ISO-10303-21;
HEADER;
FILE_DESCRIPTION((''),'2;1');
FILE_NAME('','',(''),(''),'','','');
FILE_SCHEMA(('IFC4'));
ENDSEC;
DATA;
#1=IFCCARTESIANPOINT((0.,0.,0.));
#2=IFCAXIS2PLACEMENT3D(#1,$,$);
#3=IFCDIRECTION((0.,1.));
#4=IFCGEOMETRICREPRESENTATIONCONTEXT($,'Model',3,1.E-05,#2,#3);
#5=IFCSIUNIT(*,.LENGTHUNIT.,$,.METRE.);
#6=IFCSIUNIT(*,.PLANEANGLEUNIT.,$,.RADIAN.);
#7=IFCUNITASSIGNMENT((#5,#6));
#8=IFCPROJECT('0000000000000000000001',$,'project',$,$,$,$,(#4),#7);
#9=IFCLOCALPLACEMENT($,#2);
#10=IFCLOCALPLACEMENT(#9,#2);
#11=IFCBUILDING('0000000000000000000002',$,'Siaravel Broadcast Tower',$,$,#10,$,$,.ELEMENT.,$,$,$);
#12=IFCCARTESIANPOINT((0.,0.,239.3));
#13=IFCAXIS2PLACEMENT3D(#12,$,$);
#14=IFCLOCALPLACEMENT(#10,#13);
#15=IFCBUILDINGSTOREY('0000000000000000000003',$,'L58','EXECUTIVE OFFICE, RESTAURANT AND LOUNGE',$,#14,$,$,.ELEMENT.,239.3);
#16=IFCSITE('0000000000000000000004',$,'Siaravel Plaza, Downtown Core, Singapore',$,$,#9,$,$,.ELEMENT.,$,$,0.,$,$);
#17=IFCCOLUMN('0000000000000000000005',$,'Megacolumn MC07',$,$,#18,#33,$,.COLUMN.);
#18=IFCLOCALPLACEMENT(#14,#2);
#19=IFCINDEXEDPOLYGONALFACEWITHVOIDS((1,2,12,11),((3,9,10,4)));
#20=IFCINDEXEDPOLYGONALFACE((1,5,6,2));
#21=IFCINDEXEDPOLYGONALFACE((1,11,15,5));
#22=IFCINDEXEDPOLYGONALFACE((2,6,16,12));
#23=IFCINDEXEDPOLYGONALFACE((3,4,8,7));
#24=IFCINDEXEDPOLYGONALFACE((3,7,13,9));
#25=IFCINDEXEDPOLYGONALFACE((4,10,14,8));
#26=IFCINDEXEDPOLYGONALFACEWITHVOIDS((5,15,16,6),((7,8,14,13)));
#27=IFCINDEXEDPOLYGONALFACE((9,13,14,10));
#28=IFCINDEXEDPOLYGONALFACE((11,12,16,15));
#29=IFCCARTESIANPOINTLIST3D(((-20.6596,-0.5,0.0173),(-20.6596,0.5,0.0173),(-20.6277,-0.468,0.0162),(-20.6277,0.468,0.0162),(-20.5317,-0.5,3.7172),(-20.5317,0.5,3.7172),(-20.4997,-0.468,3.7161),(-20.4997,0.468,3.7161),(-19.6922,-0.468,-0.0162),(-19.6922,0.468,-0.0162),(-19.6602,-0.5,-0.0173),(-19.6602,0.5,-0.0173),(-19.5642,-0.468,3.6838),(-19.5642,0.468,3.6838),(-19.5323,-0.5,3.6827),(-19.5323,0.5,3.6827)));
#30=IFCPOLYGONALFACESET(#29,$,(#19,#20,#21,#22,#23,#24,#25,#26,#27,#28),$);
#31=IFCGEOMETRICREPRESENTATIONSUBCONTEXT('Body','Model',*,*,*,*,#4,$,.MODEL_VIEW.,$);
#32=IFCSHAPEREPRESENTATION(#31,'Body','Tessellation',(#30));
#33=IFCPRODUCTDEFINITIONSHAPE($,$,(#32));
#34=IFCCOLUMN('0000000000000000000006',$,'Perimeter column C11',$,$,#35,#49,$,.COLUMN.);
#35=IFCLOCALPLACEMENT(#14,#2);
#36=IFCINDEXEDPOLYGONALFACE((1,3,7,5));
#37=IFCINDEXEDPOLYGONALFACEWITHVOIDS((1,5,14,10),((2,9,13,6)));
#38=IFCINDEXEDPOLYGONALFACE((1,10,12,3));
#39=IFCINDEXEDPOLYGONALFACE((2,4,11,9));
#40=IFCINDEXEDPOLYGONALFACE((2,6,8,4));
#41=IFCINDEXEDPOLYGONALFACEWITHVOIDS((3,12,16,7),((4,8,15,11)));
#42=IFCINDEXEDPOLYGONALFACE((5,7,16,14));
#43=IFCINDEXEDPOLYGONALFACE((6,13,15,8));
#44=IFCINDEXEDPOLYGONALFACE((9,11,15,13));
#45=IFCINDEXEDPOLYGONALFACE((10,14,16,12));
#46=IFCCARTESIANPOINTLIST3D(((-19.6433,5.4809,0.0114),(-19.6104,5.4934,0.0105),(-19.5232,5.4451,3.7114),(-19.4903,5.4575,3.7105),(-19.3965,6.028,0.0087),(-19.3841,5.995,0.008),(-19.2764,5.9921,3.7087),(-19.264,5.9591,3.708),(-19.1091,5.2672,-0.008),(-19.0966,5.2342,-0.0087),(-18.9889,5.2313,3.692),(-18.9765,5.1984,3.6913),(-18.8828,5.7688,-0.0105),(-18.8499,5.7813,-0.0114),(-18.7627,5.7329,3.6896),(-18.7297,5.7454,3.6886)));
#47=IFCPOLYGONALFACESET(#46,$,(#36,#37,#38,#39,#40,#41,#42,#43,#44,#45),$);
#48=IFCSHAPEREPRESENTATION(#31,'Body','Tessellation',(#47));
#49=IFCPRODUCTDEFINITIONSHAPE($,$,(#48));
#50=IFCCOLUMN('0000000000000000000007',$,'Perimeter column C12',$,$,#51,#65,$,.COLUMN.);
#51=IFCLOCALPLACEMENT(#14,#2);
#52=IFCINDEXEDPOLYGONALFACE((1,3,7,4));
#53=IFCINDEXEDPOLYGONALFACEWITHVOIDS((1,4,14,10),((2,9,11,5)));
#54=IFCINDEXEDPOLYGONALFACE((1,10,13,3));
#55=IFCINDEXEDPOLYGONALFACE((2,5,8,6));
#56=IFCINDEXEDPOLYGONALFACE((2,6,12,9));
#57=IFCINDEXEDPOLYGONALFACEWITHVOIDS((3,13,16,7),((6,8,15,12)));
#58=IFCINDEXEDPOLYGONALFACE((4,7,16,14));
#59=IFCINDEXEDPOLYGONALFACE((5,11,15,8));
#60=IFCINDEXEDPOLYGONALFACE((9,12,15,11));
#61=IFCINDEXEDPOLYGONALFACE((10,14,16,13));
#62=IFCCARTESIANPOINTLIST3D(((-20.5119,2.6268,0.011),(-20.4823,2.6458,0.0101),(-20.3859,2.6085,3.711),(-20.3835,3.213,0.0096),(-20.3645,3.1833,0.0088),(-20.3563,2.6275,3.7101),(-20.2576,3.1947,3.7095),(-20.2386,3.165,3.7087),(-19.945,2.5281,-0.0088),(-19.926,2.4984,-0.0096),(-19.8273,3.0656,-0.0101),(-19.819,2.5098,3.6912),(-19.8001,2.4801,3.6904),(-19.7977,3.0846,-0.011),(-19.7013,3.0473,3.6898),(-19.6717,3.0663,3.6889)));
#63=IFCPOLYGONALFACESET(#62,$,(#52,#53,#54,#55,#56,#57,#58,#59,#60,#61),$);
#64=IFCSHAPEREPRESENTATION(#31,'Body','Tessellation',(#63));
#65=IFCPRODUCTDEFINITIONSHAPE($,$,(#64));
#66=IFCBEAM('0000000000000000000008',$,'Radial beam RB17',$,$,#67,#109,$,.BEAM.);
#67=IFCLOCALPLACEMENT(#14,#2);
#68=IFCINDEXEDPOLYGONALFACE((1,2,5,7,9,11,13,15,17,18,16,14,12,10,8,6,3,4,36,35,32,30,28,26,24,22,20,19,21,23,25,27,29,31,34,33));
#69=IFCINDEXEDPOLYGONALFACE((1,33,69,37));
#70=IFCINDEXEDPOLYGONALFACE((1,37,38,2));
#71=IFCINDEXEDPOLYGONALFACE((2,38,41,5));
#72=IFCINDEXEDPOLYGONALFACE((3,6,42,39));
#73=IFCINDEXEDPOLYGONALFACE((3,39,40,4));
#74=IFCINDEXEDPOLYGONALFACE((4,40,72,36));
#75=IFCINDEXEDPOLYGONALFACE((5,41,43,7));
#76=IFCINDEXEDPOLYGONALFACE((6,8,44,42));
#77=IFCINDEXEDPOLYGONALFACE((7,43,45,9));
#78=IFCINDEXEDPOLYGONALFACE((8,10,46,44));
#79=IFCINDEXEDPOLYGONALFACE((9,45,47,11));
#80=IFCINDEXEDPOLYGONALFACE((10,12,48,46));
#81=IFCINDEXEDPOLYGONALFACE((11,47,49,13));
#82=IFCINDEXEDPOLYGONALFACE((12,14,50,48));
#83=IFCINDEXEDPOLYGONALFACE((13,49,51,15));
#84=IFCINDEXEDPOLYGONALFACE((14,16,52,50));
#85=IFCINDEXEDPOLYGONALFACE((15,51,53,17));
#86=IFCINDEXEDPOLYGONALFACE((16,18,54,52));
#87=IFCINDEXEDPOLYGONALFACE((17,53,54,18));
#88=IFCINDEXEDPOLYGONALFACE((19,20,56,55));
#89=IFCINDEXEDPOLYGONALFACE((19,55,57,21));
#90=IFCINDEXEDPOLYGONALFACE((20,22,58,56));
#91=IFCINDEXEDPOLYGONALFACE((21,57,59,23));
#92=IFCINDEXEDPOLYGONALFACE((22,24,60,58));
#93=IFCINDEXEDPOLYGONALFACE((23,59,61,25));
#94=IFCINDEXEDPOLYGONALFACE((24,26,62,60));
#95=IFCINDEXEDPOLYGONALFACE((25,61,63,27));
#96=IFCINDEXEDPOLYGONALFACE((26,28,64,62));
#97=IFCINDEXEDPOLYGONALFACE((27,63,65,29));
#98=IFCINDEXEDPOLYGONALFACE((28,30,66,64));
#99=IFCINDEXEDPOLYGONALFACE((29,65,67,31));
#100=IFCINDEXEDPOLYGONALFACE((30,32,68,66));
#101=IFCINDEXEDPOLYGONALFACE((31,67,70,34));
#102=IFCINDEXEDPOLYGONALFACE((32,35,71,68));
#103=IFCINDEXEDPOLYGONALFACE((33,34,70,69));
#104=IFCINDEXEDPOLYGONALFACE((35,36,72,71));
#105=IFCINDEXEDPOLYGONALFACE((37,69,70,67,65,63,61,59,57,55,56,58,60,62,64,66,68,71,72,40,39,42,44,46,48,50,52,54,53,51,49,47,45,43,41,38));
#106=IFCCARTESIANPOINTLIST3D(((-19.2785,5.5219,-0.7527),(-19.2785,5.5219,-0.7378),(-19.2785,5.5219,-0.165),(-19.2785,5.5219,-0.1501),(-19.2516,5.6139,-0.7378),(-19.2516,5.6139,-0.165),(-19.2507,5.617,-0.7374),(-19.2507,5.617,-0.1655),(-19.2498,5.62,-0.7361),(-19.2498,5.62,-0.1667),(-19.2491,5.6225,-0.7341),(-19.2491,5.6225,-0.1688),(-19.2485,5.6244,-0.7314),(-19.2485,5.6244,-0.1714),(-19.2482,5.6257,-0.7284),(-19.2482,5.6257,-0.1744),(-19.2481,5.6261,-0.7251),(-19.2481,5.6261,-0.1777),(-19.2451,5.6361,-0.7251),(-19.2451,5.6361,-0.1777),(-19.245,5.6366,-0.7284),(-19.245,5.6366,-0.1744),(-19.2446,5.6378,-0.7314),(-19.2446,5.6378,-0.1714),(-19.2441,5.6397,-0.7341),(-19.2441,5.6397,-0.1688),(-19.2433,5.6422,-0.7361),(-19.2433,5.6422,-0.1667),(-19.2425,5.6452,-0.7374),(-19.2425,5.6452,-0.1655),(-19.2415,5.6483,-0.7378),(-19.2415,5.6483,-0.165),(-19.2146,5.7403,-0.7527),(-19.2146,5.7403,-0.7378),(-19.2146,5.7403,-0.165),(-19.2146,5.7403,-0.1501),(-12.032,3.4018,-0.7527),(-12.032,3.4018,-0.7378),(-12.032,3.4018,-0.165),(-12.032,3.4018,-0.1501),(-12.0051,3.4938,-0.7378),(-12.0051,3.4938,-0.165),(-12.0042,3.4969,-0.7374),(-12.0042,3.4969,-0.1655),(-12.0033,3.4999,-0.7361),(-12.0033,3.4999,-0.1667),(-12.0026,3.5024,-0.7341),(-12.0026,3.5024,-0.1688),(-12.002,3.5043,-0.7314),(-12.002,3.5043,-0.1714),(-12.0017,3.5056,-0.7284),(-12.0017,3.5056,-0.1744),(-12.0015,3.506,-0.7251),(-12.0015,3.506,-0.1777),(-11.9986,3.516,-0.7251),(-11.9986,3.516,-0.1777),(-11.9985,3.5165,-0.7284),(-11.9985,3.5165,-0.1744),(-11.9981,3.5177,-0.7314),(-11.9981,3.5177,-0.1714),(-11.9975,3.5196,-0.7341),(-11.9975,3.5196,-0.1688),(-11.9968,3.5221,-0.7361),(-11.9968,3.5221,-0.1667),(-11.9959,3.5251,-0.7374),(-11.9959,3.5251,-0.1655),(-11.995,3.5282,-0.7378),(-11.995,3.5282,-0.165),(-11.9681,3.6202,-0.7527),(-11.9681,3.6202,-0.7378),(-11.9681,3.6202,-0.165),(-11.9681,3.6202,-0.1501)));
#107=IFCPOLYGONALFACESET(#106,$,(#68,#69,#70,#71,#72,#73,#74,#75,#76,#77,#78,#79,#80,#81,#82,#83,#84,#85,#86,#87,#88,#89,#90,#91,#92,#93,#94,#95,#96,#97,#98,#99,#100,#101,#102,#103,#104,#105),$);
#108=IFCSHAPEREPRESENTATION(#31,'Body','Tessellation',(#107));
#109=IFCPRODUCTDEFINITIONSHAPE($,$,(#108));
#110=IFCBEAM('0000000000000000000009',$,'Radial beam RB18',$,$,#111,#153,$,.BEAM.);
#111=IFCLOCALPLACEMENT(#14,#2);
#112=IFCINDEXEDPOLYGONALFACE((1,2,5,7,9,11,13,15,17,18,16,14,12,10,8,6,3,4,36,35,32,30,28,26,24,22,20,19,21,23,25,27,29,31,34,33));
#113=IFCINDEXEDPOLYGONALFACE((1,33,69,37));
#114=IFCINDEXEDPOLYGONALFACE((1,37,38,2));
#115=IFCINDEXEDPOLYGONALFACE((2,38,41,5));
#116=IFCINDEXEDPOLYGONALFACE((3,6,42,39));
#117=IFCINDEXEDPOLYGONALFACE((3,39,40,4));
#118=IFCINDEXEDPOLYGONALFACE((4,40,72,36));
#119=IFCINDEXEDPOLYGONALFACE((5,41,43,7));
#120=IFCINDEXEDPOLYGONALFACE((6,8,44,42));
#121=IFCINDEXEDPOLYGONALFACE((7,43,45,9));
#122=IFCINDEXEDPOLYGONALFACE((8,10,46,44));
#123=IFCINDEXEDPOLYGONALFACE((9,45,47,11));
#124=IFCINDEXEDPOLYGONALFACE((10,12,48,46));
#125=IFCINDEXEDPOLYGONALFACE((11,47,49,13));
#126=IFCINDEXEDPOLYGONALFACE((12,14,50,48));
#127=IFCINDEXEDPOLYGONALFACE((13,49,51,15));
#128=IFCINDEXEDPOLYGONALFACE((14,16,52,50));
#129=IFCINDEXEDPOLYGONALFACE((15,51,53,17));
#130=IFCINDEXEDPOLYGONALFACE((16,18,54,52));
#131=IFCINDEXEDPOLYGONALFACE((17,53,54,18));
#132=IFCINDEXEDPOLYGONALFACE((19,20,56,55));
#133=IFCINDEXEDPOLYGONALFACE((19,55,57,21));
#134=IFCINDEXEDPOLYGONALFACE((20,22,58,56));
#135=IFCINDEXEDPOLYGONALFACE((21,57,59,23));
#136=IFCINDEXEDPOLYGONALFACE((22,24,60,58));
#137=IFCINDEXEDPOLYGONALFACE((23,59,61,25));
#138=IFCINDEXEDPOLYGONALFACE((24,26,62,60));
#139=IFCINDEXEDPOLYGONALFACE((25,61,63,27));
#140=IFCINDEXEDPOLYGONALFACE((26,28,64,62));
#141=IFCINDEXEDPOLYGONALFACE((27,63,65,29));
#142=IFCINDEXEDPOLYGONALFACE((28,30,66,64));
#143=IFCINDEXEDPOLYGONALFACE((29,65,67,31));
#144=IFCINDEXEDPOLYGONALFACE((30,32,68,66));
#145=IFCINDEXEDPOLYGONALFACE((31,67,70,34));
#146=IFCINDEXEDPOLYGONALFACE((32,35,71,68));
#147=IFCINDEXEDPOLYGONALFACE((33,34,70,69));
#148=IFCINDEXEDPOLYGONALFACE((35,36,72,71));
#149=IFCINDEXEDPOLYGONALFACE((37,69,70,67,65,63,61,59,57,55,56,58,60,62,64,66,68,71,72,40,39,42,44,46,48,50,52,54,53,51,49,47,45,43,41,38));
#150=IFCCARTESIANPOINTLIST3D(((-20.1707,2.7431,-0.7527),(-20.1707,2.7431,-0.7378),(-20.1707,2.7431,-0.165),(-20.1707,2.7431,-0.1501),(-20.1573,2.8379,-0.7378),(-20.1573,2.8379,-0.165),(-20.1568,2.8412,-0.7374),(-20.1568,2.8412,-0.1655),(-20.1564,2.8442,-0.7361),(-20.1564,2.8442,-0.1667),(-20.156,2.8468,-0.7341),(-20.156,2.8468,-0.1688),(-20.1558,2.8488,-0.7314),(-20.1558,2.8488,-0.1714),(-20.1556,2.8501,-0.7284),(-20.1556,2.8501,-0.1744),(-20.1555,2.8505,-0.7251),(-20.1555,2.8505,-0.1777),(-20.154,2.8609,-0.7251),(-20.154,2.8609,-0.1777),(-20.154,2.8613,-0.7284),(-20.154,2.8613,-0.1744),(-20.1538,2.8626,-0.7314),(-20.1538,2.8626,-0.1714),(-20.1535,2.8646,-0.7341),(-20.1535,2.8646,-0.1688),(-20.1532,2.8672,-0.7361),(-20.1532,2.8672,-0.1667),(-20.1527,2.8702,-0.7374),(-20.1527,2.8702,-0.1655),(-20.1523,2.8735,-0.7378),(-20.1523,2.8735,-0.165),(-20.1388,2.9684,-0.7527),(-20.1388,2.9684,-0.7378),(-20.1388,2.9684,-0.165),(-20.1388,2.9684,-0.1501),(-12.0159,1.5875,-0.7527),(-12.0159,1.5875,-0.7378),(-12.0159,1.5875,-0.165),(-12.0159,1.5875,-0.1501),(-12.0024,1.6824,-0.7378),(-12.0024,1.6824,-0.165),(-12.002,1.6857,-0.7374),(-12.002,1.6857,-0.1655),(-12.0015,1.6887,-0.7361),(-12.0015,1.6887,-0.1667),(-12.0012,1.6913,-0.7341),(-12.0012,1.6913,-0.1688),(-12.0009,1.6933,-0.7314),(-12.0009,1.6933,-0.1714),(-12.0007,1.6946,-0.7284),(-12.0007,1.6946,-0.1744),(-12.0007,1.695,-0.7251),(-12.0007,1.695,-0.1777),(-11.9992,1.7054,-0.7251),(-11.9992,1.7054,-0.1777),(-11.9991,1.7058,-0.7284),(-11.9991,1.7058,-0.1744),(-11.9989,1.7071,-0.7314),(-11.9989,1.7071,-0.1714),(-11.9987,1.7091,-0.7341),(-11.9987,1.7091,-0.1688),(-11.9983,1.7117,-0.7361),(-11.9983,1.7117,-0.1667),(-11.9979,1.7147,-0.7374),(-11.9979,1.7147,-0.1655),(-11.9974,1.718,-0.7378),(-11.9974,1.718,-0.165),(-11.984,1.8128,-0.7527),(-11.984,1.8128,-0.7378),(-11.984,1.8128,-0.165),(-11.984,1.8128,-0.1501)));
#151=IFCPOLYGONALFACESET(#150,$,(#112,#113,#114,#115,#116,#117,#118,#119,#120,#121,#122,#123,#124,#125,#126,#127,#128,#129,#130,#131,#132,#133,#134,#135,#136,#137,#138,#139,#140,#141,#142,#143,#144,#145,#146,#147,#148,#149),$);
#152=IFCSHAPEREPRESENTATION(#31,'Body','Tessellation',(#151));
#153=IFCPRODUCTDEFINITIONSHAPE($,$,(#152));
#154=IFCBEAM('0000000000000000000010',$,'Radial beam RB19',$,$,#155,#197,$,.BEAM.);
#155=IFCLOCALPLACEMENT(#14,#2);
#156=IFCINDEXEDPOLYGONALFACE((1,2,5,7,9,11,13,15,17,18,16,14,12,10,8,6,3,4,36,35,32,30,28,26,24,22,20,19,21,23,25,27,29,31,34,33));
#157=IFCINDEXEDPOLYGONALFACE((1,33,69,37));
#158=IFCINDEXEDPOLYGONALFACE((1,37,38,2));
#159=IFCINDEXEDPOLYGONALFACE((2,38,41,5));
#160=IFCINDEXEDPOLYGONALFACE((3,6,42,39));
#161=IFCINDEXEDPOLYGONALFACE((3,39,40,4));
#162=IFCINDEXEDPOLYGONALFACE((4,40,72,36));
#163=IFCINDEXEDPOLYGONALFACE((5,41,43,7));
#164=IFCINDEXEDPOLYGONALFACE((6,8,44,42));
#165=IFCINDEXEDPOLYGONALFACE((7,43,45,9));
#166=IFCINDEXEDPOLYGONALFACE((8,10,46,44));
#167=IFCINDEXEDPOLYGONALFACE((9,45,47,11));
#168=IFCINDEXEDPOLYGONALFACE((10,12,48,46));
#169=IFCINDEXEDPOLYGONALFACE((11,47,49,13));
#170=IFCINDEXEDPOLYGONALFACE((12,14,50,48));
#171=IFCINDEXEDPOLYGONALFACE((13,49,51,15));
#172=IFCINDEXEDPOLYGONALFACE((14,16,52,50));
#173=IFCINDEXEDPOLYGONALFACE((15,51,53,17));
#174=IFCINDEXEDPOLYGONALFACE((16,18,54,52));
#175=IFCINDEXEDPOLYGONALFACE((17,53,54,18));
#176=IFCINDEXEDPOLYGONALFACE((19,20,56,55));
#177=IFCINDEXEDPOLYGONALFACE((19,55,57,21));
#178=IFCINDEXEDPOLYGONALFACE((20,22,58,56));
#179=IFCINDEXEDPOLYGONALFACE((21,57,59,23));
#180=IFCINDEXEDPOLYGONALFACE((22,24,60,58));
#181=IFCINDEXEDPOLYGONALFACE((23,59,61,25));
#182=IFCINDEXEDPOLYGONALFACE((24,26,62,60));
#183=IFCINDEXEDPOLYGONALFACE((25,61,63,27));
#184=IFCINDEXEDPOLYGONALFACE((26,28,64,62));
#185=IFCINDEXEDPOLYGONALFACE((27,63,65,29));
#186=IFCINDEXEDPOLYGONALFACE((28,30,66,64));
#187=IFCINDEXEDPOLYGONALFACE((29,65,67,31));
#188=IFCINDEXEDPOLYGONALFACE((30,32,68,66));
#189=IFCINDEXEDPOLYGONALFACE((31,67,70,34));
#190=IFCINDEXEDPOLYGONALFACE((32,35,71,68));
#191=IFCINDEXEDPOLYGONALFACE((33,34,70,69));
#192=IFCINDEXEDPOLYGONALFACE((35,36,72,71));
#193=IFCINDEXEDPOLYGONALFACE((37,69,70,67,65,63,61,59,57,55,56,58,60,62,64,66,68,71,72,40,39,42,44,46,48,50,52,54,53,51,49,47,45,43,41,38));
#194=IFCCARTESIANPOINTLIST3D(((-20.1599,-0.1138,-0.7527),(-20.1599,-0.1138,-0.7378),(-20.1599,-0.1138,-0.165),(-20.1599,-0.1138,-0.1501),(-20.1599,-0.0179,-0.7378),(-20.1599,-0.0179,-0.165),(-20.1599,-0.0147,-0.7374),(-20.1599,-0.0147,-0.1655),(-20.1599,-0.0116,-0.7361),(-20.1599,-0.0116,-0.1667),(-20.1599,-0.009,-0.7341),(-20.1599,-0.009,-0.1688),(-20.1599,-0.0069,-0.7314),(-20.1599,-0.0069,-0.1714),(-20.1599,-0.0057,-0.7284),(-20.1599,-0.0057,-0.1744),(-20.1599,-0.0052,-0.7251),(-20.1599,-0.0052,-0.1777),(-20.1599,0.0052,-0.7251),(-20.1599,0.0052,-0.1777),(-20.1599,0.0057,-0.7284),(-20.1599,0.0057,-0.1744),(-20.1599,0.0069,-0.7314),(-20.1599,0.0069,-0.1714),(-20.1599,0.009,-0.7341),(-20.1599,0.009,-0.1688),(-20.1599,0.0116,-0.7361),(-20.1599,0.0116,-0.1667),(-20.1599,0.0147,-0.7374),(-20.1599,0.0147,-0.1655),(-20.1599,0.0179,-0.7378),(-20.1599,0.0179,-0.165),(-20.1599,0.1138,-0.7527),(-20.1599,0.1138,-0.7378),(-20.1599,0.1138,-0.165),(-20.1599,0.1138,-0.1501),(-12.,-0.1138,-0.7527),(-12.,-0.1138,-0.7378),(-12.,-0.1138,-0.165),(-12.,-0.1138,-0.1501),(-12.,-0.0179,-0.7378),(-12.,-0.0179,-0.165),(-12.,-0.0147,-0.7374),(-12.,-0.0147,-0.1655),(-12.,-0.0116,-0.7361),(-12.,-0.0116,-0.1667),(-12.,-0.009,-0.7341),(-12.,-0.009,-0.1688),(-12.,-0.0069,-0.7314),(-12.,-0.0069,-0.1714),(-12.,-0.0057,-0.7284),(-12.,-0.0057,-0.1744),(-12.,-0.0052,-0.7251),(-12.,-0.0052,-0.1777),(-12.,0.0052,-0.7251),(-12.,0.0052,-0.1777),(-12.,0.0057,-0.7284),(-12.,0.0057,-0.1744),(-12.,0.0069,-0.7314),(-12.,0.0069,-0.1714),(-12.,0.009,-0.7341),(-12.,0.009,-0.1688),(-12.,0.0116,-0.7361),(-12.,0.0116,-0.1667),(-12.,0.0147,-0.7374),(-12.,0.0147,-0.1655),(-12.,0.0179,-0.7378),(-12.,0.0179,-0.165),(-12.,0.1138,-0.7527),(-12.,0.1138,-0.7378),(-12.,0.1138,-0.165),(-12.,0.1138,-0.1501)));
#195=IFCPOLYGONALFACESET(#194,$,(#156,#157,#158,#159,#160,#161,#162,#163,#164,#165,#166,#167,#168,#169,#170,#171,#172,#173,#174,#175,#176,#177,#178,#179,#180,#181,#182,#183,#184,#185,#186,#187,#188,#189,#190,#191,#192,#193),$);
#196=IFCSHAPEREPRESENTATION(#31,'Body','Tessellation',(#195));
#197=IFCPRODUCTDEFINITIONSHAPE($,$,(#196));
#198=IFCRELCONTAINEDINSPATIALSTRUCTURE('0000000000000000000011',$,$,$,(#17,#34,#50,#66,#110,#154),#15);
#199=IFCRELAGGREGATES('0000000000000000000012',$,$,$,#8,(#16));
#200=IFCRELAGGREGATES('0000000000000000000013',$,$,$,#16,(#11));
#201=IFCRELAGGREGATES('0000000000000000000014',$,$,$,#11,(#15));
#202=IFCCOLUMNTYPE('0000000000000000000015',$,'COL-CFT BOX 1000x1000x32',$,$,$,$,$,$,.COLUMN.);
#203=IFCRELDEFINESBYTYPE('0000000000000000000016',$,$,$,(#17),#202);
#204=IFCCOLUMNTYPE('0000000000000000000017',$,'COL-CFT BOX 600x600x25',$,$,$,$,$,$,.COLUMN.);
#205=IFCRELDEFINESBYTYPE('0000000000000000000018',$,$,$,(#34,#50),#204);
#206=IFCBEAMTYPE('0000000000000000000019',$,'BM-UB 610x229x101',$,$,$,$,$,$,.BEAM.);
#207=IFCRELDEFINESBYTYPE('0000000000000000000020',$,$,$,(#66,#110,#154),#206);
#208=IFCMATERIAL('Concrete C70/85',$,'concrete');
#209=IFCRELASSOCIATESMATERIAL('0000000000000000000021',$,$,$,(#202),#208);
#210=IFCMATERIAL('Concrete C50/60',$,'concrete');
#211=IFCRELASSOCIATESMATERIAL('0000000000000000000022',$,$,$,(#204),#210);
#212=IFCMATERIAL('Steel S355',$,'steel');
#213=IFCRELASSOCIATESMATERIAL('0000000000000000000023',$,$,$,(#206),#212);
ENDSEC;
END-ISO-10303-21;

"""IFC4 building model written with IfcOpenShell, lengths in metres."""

from ifc_helpers import new_model, si_unit, direction, frame, origin, origin_2d, place, context, subcontext, project, spatial, hollow_rectangle, i_section, extrude, material, material_profile, profile_set, type_object, element, save


model = new_model("IFC4")

# Units and contexts
model_context = context("Model", 3, precision=1e-05, world=origin(), true_north=direction((0.0, 1.0)))
body_context = subcontext(model_context, "Body", "Model", "MODEL_VIEW")
ifc_project = project(units=[si_unit("LENGTHUNIT", "METRE"), si_unit("PLANEANGLEUNIT", "RADIAN")], contexts=[model_context])

# Site, building, storey
site_placement = place(None, origin())
site = spatial("IfcSite", under=ifc_project, at=site_placement, Name="Siaravel Plaza, Downtown Core, Singapore", CompositionType="ELEMENT", RefElevation=0.0)
building_placement = place(site_placement, origin())
building = spatial("IfcBuilding", under=site, at=building_placement, Name="Siaravel Broadcast Tower", CompositionType="ELEMENT")
storey_placement = place(building_placement, frame((0.0, 0.0, 239.3)))
storey = spatial("IfcBuildingStorey", under=building, at=storey_placement, Name="L58", Description="EXECUTIVE OFFICE, RESTAURANT AND LOUNGE", CompositionType="ELEMENT", Elevation=239.3)

# Columns
ifc_material_1 = material(Name="Concrete C70/85", Category="concrete")
ifc_material_profile_1 = material_profile(ifc_material_1, hollow_rectangle(XDim=1.0, YDim=1.0, WallThickness=0.032, at=origin_2d()))
ifc_profile_set_1 = profile_set([ifc_material_profile_1], Name="Concrete C70/85")
column_type_1 = type_object("IfcColumnType", Name="COL-CFT BOX 1000x1000x32", PredefinedType="COLUMN", material=ifc_profile_set_1)
column_placement = place(storey_placement, frame((-20.1599, 0.0, 0.0), z_axis=(0.034555, 0.0, 0.999403), x_axis=(0.0, 1.0, 0.0)))
element("IfcColumn", 1, at=column_placement, inside=storey, type_object=column_type_1, Name="Megacolumn MC07", PredefinedType="COLUMN", context=body_context, shape_type="SweptSolid", body=[
    extrude(hollow_rectangle(XDim=1.0, YDim=1.0, WallThickness=0.032, at=origin_2d()), origin(), (0.0, 0.0, 1.0), 3.7021),
])
ifc_material_2 = material(Name="Concrete C50/60", Category="concrete")
ifc_material_profile_2 = material_profile(ifc_material_2, hollow_rectangle(XDim=0.6001, YDim=0.6001, WallThickness=0.0249, at=origin_2d()))
ifc_profile_set_2 = profile_set([ifc_material_profile_2], Name="Concrete C50/60")
column_type_2 = type_object("IfcColumnType", Name="COL-CFT BOX 600x600x25", PredefinedType="COLUMN", material=ifc_profile_set_2)
for number, where, z_axis, x_axis, name in (
    (2, (-19.2466, 5.6311, 0.0), (0.032446, -0.009694, 0.999426), (0.411189, 0.911539, -0.004507), "Perimeter column C11"),
    (3, (-20.1548, 2.8557, 0.0), (0.034028, -0.004946, 0.999409), (0.213909, 0.976851, -0.002449), "Perimeter column C12"),
):
    element("IfcColumn", number, at=place(storey_placement, frame(where, z_axis=z_axis, x_axis=x_axis)), inside=storey, type_object=column_type_2, Name=name, PredefinedType="COLUMN", context=body_context, shape_type="SweptSolid", body=[
        extrude(hollow_rectangle(XDim=0.6001, YDim=0.6001, WallThickness=0.0249, at=origin_2d()), origin(), (0.0, 0.0, 1.0), 3.7021),
    ])

# Beams
ifc_material_3 = material(Name="Steel S355", Category="steel")
ifc_material_profile_3 = material_profile(ifc_material_3, i_section(OverallWidth=0.2275, OverallDepth=0.6025, WebThickness=0.0105, FlangeThickness=0.0149, FilletRadius=0.0127, at=origin_2d()))
ifc_profile_set_3 = profile_set([ifc_material_profile_3], Name="Steel S355")
beam_type = type_object("IfcBeamType", Name="BM-UB 610x229x101", PredefinedType="BEAM", material=ifc_profile_set_3)
beam_1_placement = place(storey_placement, frame((-19.2466, 5.6311, -0.4514), z_axis=(0.959767, -0.280797, 0.0), x_axis=(0.280797, 0.959767, 0.0)))
element("IfcBeam", 4, at=beam_1_placement, inside=storey, type_object=beam_type, Name="Radial beam RB17", PredefinedType="BEAM", context=body_context, shape_type="SweptSolid", body=[
    extrude(i_section(OverallWidth=0.2275, OverallDepth=0.6025, WebThickness=0.0105, FlangeThickness=0.0149, FilletRadius=0.0127, at=origin_2d()), origin(), (0.0, 0.0, 1.0), 7.5503),
])
beam_2_placement = place(storey_placement, frame((-20.1548, 2.8557, -0.4514), z_axis=(0.99011, -0.140297, 0.0), x_axis=(0.140297, 0.99011, 0.0)))
element("IfcBeam", 5, at=beam_2_placement, inside=storey, type_object=beam_type, Name="Radial beam RB18", PredefinedType="BEAM", context=body_context, shape_type="SweptSolid", body=[
    extrude(i_section(OverallWidth=0.2275, OverallDepth=0.6025, WebThickness=0.0105, FlangeThickness=0.0149, FilletRadius=0.0127, at=origin_2d()), origin(), (0.0, 0.0, 1.0), 8.2363),
])
beam_3_placement = place(storey_placement, frame((-20.1599, 0.0, -0.4514), z_axis=(1.0, 0.0, 0.0), x_axis=(0.0, 1.0, 0.0)))
element("IfcBeam", 6, at=beam_3_placement, inside=storey, type_object=beam_type, Name="Radial beam RB19", PredefinedType="BEAM", context=body_context, shape_type="SweptSolid", body=[
    extrude(i_section(OverallWidth=0.2275, OverallDepth=0.6025, WebThickness=0.0105, FlangeThickness=0.0149, FilletRadius=0.0127, at=origin_2d()), origin(), (0.0, 0.0, 1.0), 8.1599),
])

save(model, "model.ifc")
